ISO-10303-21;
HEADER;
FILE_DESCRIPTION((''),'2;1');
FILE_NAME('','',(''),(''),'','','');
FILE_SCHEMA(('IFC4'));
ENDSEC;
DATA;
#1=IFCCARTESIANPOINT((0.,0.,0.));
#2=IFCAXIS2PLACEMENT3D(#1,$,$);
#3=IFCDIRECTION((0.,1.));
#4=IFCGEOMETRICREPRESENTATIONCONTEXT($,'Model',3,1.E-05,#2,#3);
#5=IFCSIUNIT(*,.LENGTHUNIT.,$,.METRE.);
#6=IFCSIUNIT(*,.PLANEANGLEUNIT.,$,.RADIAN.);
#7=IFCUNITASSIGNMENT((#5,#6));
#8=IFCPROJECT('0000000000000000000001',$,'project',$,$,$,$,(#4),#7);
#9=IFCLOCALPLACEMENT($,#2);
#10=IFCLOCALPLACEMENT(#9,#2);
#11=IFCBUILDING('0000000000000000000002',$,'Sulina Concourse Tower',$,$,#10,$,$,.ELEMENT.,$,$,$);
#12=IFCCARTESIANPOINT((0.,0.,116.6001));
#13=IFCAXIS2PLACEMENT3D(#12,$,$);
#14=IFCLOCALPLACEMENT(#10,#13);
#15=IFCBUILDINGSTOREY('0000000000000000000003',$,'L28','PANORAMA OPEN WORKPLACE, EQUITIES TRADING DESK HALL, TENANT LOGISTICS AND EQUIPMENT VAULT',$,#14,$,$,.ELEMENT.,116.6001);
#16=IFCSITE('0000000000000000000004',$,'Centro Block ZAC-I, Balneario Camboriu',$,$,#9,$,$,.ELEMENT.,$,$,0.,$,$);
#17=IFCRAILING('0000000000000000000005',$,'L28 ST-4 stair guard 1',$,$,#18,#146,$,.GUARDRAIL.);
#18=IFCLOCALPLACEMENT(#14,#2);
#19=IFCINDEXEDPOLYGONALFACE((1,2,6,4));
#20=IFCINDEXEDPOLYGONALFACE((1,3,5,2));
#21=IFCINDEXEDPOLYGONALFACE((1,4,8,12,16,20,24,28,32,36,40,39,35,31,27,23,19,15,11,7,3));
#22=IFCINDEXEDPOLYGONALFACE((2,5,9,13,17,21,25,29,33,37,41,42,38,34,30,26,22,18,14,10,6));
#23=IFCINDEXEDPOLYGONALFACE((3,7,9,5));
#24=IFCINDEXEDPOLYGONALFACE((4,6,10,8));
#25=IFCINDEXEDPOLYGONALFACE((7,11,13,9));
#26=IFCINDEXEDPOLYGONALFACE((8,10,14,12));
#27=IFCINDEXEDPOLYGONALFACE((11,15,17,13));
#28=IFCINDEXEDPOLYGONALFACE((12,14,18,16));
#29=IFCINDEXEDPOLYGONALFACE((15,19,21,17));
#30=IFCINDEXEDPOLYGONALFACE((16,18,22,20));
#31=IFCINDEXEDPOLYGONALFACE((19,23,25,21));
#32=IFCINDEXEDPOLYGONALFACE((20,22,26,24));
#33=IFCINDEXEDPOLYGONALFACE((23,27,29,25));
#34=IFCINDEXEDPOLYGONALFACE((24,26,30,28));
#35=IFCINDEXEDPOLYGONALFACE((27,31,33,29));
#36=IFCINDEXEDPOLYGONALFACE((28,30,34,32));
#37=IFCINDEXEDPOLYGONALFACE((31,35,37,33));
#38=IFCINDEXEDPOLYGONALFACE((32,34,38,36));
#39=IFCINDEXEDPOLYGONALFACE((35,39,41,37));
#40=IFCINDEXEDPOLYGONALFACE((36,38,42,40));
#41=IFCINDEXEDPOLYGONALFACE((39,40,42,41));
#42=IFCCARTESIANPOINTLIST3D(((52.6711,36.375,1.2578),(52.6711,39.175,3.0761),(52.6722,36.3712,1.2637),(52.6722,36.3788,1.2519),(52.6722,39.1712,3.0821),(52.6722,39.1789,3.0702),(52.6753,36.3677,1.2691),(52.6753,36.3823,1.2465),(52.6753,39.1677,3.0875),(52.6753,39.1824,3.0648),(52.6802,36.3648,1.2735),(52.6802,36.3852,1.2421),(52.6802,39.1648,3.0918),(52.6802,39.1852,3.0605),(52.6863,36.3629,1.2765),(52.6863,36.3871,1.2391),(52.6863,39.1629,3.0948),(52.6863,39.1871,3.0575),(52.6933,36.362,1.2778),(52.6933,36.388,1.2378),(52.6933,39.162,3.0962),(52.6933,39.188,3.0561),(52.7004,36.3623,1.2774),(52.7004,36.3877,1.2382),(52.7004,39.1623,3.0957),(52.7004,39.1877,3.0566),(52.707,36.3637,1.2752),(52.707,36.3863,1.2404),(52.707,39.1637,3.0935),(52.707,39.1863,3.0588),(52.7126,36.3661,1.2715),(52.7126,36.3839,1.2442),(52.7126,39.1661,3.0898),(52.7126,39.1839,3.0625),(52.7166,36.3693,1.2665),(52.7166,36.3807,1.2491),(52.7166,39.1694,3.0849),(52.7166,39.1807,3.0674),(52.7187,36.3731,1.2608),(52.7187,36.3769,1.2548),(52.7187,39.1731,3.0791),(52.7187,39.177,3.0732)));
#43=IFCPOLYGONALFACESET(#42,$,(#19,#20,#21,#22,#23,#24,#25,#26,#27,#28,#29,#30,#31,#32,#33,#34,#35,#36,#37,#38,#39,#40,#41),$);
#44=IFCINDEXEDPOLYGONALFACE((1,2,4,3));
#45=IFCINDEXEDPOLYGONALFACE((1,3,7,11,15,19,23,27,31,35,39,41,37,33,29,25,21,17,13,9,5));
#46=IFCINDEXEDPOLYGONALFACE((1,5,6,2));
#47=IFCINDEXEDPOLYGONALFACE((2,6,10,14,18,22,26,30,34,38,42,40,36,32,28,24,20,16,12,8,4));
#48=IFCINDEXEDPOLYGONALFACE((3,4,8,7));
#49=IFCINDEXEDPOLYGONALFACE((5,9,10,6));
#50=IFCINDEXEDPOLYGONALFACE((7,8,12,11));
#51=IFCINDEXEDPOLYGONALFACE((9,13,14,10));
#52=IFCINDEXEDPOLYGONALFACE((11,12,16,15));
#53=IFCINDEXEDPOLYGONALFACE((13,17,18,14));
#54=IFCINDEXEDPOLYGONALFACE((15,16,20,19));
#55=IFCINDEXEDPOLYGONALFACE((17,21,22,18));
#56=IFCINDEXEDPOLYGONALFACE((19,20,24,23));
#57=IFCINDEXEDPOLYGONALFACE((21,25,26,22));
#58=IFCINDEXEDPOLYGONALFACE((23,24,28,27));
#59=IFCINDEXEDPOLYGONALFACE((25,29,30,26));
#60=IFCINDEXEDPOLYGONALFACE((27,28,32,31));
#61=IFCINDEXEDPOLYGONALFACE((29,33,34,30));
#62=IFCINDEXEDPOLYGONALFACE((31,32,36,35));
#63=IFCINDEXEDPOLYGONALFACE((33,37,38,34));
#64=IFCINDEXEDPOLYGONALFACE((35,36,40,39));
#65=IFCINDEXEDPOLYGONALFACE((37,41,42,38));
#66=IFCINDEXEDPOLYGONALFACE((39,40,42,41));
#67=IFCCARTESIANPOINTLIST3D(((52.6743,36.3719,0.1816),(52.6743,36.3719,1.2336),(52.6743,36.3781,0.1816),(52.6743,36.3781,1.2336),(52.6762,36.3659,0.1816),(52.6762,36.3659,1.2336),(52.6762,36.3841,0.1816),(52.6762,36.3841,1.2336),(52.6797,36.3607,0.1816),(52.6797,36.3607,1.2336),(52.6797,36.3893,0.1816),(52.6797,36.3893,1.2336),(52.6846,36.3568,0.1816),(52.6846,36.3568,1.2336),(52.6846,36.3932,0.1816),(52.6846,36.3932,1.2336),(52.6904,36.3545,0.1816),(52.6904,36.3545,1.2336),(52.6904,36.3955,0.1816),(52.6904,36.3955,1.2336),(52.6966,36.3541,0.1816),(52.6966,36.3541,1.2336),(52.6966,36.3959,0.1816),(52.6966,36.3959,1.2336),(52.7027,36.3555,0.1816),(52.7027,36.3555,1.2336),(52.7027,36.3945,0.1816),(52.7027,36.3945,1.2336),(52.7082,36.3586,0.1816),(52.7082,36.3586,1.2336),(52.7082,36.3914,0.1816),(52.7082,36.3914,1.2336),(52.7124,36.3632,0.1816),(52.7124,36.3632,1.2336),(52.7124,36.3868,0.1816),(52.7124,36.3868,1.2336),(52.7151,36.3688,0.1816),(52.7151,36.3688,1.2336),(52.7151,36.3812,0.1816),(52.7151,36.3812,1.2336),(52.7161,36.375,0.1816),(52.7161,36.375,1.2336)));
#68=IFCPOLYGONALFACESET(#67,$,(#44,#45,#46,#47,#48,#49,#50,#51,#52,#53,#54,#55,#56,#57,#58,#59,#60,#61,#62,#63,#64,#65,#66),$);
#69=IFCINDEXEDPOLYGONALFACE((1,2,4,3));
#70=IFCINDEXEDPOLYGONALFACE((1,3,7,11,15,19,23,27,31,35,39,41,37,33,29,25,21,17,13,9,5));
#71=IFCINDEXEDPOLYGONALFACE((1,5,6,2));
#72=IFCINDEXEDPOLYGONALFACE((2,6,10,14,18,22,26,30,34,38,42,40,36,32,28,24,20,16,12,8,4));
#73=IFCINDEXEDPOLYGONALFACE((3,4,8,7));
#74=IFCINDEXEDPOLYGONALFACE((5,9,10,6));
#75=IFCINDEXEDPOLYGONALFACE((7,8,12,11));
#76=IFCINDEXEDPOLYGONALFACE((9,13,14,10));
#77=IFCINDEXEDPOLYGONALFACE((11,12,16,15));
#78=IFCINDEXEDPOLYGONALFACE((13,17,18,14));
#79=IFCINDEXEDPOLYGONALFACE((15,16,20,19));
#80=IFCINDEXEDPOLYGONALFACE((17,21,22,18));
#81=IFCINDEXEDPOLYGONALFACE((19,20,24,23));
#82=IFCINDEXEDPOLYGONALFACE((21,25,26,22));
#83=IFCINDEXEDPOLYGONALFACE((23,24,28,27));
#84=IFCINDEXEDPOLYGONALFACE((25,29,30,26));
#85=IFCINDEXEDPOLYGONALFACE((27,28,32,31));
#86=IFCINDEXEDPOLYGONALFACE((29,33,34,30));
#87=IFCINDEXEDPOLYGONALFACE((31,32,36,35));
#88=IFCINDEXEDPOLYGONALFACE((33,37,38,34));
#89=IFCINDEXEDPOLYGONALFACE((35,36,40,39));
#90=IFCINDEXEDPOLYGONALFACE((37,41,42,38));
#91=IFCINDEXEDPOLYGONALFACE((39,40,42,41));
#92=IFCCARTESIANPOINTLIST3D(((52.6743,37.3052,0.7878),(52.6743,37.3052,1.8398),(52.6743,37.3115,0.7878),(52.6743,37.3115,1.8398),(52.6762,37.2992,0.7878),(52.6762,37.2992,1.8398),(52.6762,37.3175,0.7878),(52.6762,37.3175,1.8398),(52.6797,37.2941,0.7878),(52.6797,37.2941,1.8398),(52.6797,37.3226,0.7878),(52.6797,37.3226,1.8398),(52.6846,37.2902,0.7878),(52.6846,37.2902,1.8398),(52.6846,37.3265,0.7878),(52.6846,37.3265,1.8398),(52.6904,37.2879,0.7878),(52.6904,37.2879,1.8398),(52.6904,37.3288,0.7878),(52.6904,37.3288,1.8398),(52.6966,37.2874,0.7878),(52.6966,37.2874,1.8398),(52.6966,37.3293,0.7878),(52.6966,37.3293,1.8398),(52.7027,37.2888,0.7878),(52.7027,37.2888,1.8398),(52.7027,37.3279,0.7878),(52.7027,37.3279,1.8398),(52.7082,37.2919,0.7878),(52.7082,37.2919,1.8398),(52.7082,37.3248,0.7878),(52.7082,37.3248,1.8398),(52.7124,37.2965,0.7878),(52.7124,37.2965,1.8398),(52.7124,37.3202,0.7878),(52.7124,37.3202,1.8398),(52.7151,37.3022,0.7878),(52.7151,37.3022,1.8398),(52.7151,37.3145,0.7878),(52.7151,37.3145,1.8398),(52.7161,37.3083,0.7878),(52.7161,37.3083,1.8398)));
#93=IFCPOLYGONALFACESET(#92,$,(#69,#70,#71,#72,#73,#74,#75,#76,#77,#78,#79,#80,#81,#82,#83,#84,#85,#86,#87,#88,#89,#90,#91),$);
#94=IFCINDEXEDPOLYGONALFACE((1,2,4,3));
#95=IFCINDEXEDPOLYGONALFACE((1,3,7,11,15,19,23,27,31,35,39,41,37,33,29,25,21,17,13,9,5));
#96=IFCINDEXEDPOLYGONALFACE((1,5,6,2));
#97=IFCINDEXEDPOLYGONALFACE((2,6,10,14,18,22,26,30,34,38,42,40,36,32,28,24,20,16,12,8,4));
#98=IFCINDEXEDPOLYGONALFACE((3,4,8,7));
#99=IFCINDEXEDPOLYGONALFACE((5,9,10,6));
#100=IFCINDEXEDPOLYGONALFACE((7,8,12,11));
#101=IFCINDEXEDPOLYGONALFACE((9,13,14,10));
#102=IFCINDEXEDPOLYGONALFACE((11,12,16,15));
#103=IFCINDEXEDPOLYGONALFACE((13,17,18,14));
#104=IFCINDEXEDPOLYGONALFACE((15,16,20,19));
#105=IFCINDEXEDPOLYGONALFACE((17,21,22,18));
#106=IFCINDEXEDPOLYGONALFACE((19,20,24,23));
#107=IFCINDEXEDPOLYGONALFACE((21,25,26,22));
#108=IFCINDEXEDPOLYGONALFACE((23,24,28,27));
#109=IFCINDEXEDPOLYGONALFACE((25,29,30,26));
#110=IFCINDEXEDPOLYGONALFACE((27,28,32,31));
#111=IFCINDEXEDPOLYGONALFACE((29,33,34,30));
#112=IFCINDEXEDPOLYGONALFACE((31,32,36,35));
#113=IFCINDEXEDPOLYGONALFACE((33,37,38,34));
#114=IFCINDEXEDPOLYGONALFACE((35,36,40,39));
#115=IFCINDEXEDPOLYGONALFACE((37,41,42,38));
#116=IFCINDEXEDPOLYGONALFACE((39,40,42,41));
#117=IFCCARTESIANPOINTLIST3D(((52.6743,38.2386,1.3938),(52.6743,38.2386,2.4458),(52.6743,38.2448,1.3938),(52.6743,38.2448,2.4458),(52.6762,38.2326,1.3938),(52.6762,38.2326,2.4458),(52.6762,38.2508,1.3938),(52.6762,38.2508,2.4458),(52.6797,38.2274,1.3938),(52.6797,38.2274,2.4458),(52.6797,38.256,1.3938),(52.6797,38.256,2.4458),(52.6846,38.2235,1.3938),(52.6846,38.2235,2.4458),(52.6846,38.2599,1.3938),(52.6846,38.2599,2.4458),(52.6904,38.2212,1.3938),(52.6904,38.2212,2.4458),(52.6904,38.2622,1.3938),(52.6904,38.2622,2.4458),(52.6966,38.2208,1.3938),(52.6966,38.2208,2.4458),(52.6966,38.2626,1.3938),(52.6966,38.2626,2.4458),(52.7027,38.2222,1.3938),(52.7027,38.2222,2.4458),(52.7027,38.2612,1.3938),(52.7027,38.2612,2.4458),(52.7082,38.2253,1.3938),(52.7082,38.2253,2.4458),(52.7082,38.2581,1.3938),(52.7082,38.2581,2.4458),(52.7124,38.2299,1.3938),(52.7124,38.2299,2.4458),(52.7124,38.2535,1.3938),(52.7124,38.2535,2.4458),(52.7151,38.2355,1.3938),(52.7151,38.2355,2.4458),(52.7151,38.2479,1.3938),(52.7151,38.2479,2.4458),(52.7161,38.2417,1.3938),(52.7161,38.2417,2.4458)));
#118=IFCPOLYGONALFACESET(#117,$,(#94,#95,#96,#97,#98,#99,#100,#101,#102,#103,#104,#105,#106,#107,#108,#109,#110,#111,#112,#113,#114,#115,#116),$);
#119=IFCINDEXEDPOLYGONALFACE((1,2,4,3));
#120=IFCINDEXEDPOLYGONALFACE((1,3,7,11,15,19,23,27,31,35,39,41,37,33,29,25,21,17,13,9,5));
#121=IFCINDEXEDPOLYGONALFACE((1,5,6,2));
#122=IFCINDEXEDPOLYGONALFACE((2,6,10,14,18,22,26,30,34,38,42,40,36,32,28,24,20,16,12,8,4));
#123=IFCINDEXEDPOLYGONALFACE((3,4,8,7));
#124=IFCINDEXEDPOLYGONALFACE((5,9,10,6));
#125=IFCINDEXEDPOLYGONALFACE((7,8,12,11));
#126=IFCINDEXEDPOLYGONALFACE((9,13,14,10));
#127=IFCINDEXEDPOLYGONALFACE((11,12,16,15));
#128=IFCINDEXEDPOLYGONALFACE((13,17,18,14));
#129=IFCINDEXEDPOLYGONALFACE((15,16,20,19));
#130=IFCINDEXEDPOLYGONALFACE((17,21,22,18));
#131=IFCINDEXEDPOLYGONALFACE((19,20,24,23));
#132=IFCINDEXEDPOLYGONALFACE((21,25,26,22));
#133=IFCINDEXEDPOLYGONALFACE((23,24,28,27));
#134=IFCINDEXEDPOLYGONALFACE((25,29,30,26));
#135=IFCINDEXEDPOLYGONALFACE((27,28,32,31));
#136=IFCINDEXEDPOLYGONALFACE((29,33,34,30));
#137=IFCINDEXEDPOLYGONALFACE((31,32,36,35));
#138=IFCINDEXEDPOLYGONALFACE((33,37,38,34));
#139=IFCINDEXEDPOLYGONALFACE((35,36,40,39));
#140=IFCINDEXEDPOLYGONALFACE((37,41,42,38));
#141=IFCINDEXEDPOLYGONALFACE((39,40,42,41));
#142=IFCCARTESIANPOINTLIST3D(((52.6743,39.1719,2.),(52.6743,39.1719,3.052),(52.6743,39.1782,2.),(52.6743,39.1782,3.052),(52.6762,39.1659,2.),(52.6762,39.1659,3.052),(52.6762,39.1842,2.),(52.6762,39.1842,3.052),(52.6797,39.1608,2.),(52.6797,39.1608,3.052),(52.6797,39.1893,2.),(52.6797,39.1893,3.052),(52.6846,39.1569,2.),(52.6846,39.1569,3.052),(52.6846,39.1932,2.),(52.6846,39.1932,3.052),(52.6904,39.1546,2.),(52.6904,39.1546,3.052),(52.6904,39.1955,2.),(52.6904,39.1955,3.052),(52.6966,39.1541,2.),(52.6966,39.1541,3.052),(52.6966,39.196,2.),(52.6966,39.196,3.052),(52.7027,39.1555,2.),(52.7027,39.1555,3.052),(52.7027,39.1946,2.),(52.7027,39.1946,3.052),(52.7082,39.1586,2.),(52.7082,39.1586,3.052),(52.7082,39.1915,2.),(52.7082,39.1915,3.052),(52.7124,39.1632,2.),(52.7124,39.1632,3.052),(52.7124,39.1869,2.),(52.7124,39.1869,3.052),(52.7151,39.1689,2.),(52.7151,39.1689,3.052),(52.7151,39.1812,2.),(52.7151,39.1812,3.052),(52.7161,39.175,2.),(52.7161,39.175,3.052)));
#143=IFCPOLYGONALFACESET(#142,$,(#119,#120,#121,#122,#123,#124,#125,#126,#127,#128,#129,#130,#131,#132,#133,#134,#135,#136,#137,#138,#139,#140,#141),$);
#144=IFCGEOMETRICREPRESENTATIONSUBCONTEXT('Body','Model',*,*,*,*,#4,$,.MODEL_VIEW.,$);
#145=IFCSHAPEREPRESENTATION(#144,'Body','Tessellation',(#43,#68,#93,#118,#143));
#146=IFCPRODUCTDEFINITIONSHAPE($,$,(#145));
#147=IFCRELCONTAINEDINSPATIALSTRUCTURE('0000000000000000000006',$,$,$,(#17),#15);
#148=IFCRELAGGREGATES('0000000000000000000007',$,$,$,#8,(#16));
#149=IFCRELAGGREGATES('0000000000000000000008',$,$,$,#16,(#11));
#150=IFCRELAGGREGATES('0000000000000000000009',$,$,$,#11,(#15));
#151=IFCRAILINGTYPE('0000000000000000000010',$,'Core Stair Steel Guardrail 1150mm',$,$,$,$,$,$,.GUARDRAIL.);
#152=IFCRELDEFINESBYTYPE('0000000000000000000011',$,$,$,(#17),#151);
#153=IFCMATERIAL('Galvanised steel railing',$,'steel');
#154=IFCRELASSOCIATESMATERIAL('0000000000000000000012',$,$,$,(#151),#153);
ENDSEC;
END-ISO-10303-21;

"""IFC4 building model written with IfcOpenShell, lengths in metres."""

from ifc_helpers import new_model, si_unit, direction, frame, origin, origin_2d, place, context, subcontext, project, spatial, circle, extrude, material, type_object, element, save


model = new_model("IFC4")

# Units and contexts
model_context = context("Model", 3, precision=1e-05, world=origin(), true_north=direction((0.0, 1.0)))
body_context = subcontext(model_context, "Body", "Model", "MODEL_VIEW")
ifc_project = project(units=[si_unit("LENGTHUNIT", "METRE"), si_unit("PLANEANGLEUNIT", "RADIAN")], contexts=[model_context])

# Site, building, storey
site_placement = place(None, origin())
site = spatial("IfcSite", under=ifc_project, at=site_placement, Name="Centro Block ZAC-I, Balneario Camboriu", CompositionType="ELEMENT", RefElevation=0.0)
building_placement = place(site_placement, origin())
building = spatial("IfcBuilding", under=site, at=building_placement, Name="Sulina Concourse Tower", CompositionType="ELEMENT")
storey_placement = place(building_placement, frame((0.0, 0.0, 116.6001)))
storey = spatial("IfcBuildingStorey", under=building, at=storey_placement, Name="L28", Description="PANORAMA OPEN WORKPLACE, EQUITIES TRADING DESK HALL, TENANT LOGISTICS AND EQUIPMENT VAULT", CompositionType="ELEMENT", Elevation=116.6001)

# Railing
ifc_material_1 = material(Name="Galvanised steel railing", Category="steel")
railing_type_1 = type_object("IfcRailingType", Name="Core Stair Steel Guardrail 1150mm", PredefinedType="GUARDRAIL", material=ifc_material_1)
railing_1_placement = place(storey_placement, frame((52.6951, 36.375, 0.1816)))
element("IfcRailing", 1, at=railing_1_placement, inside=storey, type_object=railing_type_1, Name="L28 ST-4 stair guard 1", PredefinedType="GUARDRAIL", context=body_context, shape_type="SweptSolid", body=[
    extrude(circle(Radius=0.0239, at=origin_2d()), frame((0.0, 0.0, 1.0762), z_axis=(0.0, 0.838672, 0.544636), x_axis=(-1.0, 0.0, 0.0)), (0.0, 0.0, 1.0), 3.3386),
    extrude(circle(Radius=0.021, at=origin_2d()), origin(), (0.0, 0.0, 1.0), 1.052),
    extrude(circle(Radius=0.021, at=origin_2d()), frame((0.0, 0.9333, 0.6062)), (0.0, 0.0, 1.0), 1.052),
    extrude(circle(Radius=0.021, at=origin_2d()), frame((0.0, 1.8667, 1.2122)), (0.0, 0.0, 1.0), 1.052),
    extrude(circle(Radius=0.021, at=origin_2d()), frame((0.0, 2.8, 1.8184)), (0.0, 0.0, 1.0), 1.052),
])

save(model, "model.ifc")
